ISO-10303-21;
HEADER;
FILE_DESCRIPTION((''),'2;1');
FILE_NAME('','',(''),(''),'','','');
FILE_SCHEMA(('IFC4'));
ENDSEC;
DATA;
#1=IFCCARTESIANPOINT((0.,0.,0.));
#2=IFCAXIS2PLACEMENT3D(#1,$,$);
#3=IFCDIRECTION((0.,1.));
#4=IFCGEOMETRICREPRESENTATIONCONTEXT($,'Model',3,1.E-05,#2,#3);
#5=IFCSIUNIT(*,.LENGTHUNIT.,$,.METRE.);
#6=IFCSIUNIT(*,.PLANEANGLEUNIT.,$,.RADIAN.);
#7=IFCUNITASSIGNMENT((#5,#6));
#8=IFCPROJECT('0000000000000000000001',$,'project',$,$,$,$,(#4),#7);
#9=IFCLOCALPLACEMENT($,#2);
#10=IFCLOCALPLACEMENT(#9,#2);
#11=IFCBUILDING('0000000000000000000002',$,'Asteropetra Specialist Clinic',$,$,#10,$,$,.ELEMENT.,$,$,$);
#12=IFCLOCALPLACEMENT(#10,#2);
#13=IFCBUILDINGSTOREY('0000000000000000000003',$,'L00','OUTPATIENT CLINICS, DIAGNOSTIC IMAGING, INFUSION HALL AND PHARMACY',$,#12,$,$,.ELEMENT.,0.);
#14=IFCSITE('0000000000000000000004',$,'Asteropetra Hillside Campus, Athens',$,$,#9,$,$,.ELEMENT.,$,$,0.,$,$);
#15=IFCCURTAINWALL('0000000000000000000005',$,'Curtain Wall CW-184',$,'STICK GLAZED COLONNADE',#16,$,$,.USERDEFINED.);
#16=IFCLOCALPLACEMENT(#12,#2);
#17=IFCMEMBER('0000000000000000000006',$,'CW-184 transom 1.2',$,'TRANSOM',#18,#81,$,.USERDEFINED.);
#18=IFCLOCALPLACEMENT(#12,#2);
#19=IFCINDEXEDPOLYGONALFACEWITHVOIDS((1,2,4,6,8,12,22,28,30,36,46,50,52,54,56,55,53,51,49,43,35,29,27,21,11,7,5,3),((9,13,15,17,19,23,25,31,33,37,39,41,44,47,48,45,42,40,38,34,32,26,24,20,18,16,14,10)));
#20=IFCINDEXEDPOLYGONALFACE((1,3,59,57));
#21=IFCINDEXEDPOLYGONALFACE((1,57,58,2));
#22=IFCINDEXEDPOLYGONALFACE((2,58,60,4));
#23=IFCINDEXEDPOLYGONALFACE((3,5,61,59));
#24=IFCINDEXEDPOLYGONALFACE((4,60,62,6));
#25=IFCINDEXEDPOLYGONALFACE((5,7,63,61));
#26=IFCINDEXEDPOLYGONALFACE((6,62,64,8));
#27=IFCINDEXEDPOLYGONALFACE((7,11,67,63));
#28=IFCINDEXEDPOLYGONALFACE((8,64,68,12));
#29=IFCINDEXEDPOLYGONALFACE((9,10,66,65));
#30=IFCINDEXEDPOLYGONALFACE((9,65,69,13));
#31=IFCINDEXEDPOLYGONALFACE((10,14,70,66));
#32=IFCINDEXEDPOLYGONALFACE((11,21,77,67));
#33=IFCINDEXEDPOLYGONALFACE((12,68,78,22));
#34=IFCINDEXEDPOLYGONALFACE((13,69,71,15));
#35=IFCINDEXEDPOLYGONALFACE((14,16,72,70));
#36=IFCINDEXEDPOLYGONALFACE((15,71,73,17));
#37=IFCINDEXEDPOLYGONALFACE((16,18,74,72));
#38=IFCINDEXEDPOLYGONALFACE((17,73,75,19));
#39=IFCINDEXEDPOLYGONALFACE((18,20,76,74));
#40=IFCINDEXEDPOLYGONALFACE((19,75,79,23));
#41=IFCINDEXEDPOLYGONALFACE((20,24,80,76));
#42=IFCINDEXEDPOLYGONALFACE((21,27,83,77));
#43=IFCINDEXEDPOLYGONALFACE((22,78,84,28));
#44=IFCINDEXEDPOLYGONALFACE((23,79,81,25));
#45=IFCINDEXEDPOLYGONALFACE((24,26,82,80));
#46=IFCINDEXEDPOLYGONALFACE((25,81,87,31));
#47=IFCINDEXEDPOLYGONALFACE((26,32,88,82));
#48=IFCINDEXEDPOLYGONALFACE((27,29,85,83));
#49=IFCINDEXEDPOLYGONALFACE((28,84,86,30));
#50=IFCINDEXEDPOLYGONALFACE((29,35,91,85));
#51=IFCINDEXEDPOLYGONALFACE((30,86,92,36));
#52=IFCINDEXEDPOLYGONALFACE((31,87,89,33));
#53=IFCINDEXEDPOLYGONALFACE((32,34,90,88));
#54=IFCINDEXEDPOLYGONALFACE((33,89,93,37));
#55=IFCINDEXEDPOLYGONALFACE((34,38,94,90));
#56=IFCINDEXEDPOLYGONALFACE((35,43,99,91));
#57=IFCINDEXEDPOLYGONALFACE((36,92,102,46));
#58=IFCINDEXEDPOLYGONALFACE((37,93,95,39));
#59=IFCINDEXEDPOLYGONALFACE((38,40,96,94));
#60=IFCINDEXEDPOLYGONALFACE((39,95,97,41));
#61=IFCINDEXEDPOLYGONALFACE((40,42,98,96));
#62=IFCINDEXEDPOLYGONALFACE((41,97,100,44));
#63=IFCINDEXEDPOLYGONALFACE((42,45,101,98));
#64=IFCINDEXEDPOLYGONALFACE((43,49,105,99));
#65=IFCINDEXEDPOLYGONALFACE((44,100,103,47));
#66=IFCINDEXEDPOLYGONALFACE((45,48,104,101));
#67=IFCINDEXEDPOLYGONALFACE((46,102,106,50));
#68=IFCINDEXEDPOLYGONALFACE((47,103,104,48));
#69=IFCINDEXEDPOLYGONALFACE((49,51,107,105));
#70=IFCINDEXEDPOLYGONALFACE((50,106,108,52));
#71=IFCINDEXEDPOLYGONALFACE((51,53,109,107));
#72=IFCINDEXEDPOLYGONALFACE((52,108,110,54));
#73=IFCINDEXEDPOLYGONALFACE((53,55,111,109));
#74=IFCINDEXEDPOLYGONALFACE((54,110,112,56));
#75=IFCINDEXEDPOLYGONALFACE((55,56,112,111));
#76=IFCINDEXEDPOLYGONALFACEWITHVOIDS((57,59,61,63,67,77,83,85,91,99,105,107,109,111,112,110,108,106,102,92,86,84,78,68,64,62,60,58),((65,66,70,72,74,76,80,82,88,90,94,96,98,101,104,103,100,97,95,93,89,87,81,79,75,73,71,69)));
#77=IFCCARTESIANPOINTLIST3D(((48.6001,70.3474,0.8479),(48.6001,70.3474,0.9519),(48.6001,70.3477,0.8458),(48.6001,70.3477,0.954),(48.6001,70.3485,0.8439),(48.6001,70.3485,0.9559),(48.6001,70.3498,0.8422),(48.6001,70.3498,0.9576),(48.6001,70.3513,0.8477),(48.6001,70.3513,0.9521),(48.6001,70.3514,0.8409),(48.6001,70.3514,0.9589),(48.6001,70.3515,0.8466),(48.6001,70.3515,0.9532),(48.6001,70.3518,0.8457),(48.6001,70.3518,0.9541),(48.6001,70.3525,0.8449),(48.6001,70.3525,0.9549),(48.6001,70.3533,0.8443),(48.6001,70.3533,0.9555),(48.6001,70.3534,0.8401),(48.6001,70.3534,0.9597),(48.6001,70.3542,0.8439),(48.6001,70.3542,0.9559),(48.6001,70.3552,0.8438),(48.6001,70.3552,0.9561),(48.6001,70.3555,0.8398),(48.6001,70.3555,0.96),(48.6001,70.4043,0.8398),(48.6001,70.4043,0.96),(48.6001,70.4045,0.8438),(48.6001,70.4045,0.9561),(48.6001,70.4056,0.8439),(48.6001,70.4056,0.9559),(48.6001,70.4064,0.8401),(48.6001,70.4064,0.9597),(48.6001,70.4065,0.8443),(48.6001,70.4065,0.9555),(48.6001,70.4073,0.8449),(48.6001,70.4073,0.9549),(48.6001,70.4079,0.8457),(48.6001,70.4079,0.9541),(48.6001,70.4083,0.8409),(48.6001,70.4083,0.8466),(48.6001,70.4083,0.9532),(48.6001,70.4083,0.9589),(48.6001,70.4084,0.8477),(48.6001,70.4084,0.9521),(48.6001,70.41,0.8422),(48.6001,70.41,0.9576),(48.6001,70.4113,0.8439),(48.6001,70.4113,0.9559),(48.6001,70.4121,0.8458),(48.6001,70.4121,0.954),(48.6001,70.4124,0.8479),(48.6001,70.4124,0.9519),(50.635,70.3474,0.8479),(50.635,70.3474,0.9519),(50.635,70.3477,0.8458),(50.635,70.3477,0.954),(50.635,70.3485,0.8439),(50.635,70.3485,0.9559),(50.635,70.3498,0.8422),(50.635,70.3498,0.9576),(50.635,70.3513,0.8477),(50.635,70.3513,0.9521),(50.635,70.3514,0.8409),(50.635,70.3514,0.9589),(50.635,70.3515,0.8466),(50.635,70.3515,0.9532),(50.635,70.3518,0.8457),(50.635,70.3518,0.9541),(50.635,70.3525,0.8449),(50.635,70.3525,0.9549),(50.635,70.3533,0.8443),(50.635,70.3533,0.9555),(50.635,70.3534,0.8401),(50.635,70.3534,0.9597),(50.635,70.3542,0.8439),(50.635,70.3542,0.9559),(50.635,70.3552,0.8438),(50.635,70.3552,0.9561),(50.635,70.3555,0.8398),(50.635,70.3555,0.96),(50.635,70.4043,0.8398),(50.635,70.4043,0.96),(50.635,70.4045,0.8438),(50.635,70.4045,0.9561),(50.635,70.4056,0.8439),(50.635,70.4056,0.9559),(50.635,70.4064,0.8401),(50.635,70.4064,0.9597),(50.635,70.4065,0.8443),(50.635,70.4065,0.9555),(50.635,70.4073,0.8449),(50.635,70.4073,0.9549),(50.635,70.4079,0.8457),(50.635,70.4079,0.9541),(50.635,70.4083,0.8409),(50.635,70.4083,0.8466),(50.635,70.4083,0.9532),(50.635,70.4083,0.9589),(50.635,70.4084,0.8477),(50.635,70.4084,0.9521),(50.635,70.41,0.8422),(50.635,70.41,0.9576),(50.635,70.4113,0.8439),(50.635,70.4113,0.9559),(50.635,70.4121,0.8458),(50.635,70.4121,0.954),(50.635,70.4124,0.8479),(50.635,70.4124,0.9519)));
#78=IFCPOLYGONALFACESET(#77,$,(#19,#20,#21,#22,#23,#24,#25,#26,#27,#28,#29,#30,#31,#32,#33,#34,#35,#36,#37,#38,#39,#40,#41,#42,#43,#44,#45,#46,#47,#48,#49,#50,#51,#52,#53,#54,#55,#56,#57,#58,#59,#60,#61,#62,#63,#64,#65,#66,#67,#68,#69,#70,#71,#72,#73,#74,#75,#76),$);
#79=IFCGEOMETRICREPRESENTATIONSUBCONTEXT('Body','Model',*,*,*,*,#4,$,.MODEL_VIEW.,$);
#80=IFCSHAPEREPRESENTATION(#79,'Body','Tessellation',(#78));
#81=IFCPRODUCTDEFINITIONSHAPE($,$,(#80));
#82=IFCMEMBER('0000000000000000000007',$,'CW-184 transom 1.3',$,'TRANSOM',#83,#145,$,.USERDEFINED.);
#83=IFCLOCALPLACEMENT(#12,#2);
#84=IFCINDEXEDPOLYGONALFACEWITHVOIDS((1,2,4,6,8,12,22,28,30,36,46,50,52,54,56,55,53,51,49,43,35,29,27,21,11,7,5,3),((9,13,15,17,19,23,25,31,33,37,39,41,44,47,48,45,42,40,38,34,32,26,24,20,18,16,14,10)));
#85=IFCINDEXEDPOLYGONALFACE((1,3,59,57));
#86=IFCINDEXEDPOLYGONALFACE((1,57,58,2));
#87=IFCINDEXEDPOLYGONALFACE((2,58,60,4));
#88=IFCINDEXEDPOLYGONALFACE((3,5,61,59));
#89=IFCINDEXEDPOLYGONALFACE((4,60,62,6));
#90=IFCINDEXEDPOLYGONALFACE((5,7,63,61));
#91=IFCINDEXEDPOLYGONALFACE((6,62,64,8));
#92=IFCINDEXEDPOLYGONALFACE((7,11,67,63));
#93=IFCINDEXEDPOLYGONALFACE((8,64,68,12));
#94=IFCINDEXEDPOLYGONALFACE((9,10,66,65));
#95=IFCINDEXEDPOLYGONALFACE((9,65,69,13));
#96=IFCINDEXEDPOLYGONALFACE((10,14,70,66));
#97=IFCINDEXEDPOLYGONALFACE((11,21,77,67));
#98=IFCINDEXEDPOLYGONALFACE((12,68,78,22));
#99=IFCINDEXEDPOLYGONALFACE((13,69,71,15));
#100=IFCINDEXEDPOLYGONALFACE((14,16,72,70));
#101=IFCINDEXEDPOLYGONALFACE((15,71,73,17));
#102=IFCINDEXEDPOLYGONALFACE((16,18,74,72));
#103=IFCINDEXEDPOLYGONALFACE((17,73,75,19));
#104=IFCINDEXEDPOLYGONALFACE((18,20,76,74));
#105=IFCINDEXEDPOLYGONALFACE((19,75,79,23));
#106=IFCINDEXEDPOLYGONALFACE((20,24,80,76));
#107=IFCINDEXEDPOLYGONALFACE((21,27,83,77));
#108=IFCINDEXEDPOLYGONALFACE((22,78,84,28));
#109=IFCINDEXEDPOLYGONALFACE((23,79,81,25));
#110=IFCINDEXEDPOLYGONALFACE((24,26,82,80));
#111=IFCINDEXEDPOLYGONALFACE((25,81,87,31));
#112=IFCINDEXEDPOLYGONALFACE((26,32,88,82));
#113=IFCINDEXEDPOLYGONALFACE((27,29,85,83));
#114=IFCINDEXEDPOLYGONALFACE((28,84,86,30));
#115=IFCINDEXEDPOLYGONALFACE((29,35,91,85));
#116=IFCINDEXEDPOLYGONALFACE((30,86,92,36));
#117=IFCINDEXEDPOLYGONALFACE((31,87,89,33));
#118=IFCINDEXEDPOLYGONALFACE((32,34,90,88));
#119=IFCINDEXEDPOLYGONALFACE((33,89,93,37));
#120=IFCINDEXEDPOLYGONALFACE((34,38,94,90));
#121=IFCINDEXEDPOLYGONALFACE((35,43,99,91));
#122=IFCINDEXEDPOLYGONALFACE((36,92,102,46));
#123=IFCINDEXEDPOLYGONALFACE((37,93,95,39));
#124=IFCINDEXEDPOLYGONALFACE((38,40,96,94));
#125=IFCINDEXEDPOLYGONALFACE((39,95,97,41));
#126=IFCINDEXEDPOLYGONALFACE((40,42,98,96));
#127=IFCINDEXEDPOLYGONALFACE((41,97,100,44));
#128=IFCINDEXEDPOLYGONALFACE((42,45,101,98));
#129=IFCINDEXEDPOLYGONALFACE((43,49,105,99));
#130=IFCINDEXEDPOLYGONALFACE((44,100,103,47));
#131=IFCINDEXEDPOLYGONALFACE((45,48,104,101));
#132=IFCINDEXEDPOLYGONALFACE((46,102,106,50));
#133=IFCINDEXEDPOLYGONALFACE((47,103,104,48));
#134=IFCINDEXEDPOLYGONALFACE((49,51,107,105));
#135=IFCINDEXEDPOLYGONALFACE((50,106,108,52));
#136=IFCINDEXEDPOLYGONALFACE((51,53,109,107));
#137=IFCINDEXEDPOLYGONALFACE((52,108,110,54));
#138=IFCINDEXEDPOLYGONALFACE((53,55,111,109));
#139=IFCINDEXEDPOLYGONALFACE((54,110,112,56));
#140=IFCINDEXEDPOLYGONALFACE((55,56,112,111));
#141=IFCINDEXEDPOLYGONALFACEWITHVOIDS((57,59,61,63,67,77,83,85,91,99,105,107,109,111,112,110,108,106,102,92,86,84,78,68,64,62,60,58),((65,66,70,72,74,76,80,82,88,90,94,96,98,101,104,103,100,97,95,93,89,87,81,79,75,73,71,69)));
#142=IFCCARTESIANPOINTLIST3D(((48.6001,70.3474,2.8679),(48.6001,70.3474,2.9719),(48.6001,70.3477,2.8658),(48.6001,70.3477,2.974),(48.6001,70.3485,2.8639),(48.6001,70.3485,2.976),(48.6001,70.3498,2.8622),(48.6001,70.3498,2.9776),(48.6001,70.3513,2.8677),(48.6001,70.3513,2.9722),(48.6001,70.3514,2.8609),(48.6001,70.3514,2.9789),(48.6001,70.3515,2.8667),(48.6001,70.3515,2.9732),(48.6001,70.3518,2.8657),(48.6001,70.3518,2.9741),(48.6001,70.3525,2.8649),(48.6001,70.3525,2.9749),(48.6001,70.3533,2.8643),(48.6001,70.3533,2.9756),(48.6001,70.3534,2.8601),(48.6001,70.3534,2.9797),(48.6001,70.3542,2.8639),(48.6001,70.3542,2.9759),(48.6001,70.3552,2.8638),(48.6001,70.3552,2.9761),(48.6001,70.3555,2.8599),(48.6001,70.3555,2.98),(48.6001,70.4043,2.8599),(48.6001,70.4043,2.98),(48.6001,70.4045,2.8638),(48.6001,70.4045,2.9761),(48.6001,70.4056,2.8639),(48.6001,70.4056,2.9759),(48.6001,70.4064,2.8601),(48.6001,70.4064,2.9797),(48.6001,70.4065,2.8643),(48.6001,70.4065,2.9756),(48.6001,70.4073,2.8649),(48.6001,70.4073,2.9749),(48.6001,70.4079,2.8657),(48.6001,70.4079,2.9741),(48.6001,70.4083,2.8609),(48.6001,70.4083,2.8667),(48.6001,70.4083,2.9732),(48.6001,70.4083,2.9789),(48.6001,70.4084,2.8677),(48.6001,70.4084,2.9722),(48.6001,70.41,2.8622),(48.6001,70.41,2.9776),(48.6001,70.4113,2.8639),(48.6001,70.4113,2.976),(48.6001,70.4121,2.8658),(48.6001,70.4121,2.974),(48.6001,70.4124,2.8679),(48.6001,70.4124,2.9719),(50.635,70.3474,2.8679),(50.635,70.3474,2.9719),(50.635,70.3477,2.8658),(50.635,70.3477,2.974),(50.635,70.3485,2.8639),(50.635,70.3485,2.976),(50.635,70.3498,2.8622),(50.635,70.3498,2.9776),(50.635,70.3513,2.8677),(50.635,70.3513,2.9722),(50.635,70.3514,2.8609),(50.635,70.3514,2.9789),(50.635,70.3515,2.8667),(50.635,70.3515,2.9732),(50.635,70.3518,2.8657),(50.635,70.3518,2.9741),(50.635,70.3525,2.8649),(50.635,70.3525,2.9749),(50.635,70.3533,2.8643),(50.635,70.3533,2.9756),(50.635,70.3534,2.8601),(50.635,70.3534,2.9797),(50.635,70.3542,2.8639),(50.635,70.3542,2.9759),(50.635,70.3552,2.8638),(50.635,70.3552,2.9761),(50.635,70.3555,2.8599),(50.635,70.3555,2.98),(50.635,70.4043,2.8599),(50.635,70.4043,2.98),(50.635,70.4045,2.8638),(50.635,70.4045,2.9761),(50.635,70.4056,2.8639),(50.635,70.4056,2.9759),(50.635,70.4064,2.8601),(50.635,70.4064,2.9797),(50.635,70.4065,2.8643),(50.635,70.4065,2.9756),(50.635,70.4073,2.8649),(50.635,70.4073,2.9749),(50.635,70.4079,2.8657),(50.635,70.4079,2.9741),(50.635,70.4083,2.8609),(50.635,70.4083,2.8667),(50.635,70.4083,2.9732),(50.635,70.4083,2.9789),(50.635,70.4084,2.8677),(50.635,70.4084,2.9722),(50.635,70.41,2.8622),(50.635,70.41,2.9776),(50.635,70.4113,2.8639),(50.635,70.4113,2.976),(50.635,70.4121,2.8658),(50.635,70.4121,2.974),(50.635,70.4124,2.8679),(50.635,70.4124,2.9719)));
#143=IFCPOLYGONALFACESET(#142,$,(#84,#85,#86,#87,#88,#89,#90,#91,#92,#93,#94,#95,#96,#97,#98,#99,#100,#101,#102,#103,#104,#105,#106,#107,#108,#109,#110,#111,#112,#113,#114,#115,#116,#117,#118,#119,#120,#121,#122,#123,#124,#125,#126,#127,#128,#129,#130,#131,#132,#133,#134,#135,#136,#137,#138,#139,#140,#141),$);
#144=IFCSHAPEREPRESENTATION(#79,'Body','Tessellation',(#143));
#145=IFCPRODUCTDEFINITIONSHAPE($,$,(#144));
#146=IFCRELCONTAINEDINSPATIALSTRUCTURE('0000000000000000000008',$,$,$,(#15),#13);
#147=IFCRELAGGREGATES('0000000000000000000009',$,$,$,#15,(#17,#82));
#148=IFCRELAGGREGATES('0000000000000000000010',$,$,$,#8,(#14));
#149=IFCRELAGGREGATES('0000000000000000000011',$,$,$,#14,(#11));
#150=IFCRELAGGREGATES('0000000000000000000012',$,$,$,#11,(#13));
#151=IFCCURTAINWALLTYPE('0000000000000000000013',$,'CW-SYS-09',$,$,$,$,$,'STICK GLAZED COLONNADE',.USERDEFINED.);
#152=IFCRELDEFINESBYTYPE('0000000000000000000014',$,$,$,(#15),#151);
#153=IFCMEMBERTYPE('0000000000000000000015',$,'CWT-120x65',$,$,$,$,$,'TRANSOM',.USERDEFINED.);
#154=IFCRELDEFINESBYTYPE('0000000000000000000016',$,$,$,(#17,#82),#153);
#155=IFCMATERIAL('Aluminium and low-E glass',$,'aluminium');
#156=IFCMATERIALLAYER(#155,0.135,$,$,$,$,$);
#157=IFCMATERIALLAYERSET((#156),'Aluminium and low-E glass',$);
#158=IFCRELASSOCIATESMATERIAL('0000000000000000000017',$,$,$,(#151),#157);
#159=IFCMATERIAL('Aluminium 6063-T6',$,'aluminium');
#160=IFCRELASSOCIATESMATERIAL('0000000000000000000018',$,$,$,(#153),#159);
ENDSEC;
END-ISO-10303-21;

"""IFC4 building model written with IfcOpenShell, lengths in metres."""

from ifc_helpers import new_model, si_unit, direction, frame, origin, origin_2d, place, context, subcontext, project, spatial, hollow_rectangle, extrude, material, layer, layer_set, material_profile, profile_set, type_object, element, aggregate, save


model = new_model("IFC4")

# Units and contexts
model_context = context("Model", 3, precision=1e-05, world=origin(), true_north=direction((0.0, 1.0)))
body_context = subcontext(model_context, "Body", "Model", "MODEL_VIEW")
ifc_project = project(units=[si_unit("LENGTHUNIT", "METRE"), si_unit("PLANEANGLEUNIT", "RADIAN")], contexts=[model_context])

# Site, building, storey
site_placement = place(None, origin())
site = spatial("IfcSite", under=ifc_project, at=site_placement, Name="Asteropetra Hillside Campus, Athens", CompositionType="ELEMENT", RefElevation=0.0)
building_placement = place(site_placement, origin())
building = spatial("IfcBuilding", under=site, at=building_placement, Name="Asteropetra Specialist Clinic", CompositionType="ELEMENT")
storey_placement = place(building_placement, origin())
storey = spatial("IfcBuildingStorey", under=building, at=storey_placement, Name="L00", Description="OUTPATIENT CLINICS, DIAGNOSTIC IMAGING, INFUSION HALL AND PHARMACY", CompositionType="ELEMENT", Elevation=0.0)

# Curtain wall
ifc_material_1 = material(Name="Aluminium and low-E glass", Category="aluminium")
ifc_layer_1 = layer(ifc_material_1, 0.135)
ifc_layer_set_1 = layer_set([ifc_layer_1], Name="Aluminium and low-E glass")
curtain_wall_type_1 = type_object("IfcCurtainWallType", Name="CW-SYS-09", ElementType="STICK GLAZED COLONNADE", PredefinedType="USERDEFINED", material=ifc_layer_set_1)
curtain_wall_1_placement = place(storey_placement, origin())
curtain_wall_1 = element("IfcCurtainWall", 1, at=curtain_wall_1_placement, inside=storey, type_object=curtain_wall_type_1, Name="Curtain Wall CW-184", ObjectType="STICK GLAZED COLONNADE", PredefinedType="USERDEFINED")

# Members
ifc_material_2 = material(Name="Aluminium 6063-T6", Category="aluminium")
ifc_material_profile_1 = material_profile(ifc_material_2, hollow_rectangle(XDim=0.0649, YDim=0.1201, WallThickness=0.0039, InnerFilletRadius=0.0039, OuterFilletRadius=0.0081, at=origin_2d()), Name="TRN 120x65x4.0")
ifc_profile_set_1 = profile_set([ifc_material_profile_1], Name="Aluminium 6063-T6")
member_type_1 = type_object("IfcMemberType", Name="CWT-120x65", ElementType="TRANSOM", PredefinedType="USERDEFINED", material=ifc_profile_set_1)
member_1_placement = place(storey_placement, frame((48.6001, 70.3799, 0.8999), z_axis=(1.0, 0.0, 0.0), x_axis=(0.0, 1.0, 0.0)))
member_1 = element("IfcMember", 2, at=member_1_placement, type_object=member_type_1, Name="CW-184 transom 1.2", ObjectType="TRANSOM", PredefinedType="USERDEFINED", context=body_context, shape_type="SweptSolid", body=[
    extrude(hollow_rectangle(XDim=0.0649, YDim=0.1201, WallThickness=0.0039, InnerFilletRadius=0.0039, OuterFilletRadius=0.0081, at=origin_2d()), origin(), (0.0, 0.0, 1.0), 2.0349),
])
member_2_placement = place(storey_placement, frame((48.6001, 70.3799, 2.9199), z_axis=(1.0, 0.0, 0.0), x_axis=(0.0, 1.0, 0.0)))
member_2 = element("IfcMember", 3, at=member_2_placement, type_object=member_type_1, Name="CW-184 transom 1.3", ObjectType="TRANSOM", PredefinedType="USERDEFINED", context=body_context, shape_type="SweptSolid", body=[
    extrude(hollow_rectangle(XDim=0.0649, YDim=0.1201, WallThickness=0.0039, InnerFilletRadius=0.0039, OuterFilletRadius=0.0081, at=origin_2d()), origin(), (0.0, 0.0, 1.0), 2.0349),
])

aggregate(curtain_wall_1, [member_1, member_2])

save(model, "model.ifc")
